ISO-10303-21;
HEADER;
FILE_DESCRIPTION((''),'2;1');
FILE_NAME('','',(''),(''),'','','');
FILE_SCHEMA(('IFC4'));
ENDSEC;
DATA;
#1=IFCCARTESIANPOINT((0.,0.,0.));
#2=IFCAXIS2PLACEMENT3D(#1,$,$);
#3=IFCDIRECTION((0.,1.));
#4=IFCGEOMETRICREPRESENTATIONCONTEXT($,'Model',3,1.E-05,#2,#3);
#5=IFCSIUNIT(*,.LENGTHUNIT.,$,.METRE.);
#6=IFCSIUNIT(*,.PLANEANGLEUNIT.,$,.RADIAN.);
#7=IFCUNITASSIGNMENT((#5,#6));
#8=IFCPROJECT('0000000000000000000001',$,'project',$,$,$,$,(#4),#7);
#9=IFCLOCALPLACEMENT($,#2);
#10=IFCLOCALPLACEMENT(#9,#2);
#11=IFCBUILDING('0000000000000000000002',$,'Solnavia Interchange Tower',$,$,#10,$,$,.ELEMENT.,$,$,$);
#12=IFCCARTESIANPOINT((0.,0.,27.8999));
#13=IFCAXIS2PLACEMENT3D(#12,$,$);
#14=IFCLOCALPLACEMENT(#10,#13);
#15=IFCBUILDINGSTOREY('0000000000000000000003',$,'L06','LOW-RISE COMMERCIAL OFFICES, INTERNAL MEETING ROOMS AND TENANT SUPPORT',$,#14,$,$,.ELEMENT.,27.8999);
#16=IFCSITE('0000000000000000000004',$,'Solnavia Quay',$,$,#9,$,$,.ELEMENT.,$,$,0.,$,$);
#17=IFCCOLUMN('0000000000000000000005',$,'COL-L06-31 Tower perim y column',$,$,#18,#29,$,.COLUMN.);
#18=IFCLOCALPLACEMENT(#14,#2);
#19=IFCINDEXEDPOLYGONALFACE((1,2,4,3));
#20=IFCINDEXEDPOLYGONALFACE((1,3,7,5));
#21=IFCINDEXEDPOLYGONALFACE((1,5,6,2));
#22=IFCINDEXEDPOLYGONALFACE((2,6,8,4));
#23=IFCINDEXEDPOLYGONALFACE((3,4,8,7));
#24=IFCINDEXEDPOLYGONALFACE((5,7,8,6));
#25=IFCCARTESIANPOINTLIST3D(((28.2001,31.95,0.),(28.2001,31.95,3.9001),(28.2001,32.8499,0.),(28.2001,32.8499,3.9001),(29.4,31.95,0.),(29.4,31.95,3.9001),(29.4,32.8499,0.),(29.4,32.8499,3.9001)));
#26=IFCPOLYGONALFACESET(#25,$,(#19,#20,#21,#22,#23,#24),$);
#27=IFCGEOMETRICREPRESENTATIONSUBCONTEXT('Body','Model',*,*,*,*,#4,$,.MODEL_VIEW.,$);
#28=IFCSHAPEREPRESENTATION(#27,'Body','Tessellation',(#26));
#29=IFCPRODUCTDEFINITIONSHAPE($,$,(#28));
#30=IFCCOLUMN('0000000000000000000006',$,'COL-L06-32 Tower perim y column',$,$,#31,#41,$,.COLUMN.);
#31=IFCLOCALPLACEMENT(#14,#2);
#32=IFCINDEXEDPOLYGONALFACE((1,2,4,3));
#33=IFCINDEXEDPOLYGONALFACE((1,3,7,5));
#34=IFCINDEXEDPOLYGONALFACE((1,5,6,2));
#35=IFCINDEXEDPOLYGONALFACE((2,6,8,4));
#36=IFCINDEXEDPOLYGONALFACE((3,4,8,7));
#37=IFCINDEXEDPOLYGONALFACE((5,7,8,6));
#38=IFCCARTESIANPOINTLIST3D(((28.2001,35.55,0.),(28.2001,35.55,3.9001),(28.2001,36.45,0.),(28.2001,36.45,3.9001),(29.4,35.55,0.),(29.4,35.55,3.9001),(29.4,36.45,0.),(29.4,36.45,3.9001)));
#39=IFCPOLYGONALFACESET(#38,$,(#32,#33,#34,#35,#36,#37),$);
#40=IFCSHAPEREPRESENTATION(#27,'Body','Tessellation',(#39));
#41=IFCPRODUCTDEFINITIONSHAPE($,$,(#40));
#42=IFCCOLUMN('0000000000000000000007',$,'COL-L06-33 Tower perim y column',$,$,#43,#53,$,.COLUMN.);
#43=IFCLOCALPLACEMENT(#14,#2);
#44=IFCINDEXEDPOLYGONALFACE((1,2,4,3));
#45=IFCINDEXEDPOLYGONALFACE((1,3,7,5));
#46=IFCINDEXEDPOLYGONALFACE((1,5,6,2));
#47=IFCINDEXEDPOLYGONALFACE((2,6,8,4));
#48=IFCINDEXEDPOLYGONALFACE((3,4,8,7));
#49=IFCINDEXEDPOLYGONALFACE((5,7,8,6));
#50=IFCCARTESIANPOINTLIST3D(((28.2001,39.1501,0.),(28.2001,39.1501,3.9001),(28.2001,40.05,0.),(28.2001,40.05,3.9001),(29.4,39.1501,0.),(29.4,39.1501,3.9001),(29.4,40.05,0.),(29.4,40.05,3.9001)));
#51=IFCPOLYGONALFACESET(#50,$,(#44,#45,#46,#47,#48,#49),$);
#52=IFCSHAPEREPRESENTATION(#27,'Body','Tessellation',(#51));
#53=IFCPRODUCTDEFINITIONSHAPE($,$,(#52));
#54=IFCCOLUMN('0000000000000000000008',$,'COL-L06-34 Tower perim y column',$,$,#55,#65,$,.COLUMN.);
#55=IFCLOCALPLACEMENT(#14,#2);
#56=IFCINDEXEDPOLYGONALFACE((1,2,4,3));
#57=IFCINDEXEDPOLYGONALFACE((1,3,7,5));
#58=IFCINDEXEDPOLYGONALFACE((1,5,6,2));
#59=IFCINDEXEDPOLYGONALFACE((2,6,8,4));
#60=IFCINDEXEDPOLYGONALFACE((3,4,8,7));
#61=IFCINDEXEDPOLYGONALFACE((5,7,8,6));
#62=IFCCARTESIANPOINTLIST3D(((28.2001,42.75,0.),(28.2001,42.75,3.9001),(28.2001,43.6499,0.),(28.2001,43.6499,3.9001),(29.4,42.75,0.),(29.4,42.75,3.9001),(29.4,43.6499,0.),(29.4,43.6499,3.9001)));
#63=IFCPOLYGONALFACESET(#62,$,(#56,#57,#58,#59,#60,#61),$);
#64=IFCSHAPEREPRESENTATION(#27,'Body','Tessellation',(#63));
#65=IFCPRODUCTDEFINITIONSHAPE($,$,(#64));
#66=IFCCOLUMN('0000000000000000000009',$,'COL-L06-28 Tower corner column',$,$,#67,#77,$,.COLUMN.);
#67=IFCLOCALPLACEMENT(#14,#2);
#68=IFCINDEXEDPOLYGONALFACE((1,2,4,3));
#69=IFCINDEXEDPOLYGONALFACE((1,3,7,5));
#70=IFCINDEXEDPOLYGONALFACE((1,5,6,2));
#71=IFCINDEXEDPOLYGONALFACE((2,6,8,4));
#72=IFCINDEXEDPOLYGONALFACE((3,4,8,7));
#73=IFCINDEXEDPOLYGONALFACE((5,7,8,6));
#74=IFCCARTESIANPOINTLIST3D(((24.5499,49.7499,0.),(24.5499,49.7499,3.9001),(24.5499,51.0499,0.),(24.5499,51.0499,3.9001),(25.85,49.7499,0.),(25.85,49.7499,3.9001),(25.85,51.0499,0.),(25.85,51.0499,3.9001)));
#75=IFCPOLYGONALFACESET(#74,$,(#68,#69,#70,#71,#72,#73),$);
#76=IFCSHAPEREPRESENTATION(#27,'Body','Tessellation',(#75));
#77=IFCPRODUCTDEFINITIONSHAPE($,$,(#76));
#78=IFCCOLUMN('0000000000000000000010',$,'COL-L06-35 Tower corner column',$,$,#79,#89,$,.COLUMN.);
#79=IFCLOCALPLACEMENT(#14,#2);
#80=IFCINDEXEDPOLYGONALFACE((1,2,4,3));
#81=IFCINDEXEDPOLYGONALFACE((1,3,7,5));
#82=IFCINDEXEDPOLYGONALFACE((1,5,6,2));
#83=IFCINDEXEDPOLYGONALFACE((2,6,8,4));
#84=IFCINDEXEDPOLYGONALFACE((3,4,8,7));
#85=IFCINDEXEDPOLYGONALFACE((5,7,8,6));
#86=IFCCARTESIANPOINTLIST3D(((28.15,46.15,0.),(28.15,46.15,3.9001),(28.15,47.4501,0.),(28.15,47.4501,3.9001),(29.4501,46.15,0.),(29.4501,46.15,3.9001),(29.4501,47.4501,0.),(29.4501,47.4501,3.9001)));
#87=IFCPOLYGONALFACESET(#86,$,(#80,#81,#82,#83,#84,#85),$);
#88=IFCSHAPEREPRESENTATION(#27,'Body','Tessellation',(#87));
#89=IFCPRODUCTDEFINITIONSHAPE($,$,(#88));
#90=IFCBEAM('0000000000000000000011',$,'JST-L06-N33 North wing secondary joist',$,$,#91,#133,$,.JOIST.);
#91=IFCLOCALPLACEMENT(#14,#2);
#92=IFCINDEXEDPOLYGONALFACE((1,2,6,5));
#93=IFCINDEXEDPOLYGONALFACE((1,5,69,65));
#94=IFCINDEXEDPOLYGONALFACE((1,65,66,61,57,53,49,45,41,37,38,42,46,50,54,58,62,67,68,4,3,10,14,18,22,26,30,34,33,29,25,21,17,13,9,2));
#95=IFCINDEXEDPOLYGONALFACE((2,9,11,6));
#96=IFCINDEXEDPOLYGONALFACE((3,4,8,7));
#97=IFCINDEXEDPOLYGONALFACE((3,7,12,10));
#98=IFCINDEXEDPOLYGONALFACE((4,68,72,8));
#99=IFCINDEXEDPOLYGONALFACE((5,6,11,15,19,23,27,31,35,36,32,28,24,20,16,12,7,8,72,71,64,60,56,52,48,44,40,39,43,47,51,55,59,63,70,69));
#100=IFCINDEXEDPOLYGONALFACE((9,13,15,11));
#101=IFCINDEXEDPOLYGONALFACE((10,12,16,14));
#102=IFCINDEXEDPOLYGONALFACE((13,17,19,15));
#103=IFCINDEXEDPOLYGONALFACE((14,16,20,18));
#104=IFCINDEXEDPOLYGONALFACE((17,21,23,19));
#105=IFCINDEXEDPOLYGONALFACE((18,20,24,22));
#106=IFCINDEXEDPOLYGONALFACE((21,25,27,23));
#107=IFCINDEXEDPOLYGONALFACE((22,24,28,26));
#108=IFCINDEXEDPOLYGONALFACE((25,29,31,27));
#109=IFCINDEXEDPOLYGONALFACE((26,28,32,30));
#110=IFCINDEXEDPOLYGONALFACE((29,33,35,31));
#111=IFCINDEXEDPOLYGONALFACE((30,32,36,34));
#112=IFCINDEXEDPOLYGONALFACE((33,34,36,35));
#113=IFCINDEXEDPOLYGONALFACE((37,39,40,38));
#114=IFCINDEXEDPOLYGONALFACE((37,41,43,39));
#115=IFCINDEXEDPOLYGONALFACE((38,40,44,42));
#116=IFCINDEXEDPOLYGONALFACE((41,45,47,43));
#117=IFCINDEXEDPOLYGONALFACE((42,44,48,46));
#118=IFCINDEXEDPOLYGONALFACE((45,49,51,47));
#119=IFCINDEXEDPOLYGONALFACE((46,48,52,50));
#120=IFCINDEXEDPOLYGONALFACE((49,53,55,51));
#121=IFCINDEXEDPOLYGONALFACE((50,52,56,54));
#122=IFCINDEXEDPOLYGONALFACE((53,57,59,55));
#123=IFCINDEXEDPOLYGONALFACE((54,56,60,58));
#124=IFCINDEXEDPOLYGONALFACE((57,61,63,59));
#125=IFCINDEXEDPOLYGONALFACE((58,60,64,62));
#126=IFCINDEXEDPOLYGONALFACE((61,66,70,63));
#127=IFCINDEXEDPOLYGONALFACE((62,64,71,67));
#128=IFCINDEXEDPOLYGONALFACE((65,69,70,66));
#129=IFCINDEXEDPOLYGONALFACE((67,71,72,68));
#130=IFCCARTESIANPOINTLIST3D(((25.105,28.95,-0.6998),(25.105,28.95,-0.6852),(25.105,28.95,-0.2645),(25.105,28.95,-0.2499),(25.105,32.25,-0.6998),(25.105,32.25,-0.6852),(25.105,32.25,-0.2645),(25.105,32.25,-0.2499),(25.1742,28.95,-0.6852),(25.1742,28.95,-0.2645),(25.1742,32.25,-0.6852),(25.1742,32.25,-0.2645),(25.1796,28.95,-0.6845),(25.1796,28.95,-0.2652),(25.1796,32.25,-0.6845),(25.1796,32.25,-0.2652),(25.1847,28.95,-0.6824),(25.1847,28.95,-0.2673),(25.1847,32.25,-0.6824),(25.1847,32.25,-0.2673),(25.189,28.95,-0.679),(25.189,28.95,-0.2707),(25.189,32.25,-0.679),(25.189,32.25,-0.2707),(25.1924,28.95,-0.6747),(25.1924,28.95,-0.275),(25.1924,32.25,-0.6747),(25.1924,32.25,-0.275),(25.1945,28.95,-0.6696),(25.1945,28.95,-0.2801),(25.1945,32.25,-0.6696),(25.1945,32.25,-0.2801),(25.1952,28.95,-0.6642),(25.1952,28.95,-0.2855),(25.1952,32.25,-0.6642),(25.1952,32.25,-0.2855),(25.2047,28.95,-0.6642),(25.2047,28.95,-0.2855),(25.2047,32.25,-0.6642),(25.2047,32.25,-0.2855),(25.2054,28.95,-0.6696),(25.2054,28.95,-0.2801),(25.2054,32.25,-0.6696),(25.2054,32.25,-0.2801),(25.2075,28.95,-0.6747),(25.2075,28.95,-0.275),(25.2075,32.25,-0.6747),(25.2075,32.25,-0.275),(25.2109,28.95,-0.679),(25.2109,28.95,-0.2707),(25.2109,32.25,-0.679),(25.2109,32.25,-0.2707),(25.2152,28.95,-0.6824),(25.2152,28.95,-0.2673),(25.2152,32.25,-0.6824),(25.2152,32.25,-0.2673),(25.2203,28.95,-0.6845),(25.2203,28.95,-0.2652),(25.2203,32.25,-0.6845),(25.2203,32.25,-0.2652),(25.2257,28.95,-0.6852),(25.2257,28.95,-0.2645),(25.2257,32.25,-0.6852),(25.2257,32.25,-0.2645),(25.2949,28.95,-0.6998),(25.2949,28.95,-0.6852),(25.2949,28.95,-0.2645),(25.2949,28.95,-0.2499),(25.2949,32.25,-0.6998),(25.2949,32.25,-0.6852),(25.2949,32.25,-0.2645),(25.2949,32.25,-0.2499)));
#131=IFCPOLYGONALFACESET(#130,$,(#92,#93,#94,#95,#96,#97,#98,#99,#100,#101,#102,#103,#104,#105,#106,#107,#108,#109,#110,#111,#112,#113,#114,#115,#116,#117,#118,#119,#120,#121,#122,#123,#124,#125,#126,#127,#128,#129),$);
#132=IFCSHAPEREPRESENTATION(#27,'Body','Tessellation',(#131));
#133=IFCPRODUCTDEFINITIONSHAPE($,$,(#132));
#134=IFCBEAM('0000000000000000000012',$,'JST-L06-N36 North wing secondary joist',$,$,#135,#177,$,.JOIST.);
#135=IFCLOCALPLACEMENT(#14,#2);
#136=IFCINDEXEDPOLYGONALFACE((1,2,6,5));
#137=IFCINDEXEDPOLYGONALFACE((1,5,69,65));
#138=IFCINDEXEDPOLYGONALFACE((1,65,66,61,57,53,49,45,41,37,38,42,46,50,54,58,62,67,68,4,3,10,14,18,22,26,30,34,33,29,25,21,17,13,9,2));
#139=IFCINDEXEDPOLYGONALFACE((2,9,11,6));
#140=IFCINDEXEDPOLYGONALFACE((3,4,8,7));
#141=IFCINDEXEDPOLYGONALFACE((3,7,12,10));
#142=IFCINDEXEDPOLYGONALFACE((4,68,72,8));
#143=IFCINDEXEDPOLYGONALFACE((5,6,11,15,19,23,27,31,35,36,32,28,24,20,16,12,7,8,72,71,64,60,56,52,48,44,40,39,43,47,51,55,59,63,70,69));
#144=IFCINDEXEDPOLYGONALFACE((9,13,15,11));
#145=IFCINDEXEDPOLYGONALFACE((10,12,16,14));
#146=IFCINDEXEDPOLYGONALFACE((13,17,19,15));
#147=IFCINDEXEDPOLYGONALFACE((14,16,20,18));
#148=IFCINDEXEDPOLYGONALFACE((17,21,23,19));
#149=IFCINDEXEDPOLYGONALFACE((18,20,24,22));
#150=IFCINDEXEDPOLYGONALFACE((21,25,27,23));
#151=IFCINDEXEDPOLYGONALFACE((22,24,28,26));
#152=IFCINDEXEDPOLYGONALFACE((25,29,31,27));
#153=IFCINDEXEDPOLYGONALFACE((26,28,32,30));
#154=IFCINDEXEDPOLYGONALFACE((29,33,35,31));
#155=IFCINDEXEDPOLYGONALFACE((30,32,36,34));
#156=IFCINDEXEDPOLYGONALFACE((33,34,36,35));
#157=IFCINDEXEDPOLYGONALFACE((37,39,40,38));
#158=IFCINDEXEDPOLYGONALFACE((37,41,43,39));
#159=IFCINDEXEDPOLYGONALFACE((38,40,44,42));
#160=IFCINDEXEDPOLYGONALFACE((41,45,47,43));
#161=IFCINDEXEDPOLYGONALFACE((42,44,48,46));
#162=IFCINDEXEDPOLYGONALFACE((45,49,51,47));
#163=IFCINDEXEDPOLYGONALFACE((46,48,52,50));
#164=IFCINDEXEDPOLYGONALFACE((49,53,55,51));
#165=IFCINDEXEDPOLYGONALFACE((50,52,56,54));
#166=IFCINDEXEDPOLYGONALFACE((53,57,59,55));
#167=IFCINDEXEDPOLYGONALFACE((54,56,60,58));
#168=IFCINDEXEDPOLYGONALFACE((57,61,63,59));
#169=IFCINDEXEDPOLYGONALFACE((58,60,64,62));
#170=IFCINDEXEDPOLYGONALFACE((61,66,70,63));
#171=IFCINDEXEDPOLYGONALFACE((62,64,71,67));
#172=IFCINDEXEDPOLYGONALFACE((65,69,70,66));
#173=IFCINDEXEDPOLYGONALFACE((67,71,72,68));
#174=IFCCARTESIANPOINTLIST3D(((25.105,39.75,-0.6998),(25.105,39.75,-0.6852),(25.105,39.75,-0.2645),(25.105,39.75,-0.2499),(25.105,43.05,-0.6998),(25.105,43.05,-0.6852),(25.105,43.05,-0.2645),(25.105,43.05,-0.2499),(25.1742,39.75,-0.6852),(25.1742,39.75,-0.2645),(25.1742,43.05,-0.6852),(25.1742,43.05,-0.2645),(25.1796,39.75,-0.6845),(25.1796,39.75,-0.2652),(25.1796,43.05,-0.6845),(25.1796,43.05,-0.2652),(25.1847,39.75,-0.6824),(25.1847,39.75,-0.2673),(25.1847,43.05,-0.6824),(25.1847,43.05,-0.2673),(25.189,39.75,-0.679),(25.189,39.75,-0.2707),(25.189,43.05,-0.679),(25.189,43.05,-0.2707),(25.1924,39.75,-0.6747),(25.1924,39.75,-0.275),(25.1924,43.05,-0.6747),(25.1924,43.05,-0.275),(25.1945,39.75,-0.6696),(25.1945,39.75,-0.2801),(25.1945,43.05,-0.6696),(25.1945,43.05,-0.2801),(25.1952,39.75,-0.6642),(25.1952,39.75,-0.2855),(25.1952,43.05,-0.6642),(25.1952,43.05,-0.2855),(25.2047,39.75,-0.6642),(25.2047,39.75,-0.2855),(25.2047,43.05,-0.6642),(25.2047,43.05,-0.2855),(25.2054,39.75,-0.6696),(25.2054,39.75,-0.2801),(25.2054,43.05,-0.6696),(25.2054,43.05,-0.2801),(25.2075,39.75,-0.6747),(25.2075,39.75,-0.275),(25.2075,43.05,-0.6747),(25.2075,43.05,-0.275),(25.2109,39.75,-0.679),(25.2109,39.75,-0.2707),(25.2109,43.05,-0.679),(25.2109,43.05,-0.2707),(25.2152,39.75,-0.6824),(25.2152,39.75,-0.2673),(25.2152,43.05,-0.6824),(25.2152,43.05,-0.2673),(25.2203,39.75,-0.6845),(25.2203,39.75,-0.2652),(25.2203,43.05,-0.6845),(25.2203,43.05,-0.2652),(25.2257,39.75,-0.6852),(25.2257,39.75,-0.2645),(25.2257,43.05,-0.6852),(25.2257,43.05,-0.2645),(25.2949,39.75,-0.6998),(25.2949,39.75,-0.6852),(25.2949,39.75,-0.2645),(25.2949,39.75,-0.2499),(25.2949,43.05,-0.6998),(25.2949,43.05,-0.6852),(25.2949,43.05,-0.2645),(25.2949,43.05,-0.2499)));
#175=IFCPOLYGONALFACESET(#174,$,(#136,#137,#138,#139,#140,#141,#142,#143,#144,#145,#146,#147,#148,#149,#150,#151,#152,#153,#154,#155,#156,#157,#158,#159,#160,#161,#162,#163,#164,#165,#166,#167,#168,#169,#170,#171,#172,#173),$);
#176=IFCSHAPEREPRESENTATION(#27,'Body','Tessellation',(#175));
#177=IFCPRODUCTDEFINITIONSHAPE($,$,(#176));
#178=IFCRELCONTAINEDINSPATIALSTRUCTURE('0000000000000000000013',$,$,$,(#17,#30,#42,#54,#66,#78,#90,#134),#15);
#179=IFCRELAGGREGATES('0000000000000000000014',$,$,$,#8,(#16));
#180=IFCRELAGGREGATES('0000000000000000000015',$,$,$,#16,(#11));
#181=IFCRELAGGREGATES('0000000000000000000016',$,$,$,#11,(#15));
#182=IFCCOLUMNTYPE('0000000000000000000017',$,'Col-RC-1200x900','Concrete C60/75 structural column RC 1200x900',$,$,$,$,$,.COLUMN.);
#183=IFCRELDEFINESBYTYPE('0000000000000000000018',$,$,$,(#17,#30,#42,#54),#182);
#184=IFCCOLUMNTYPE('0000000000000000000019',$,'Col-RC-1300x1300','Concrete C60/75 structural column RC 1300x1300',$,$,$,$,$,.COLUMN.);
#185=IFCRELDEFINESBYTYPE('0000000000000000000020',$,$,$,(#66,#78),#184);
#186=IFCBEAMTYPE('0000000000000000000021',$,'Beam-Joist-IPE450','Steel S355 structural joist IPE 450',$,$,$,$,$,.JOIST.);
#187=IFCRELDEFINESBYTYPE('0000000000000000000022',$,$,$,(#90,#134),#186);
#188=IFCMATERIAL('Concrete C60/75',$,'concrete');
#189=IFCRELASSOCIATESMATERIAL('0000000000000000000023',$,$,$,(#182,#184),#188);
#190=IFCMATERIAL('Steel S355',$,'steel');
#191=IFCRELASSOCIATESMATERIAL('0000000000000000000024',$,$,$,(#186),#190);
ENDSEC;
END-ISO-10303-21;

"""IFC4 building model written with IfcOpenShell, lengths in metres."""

from ifc_helpers import new_model, si_unit, direction, frame, origin, origin_2d, place, context, subcontext, project, spatial, rectangle, i_section, extrude, material, material_profile, profile_set, type_object, element, save


model = new_model("IFC4")

# Units and contexts
model_context = context("Model", 3, precision=1e-05, world=origin(), true_north=direction((0.0, 1.0)))
body_context = subcontext(model_context, "Body", "Model", "MODEL_VIEW")
ifc_project = project(units=[si_unit("LENGTHUNIT", "METRE"), si_unit("PLANEANGLEUNIT", "RADIAN")], contexts=[model_context])

# Site, building, storey
site_placement = place(None, origin())
site = spatial("IfcSite", under=ifc_project, at=site_placement, Name="Solnavia Quay", CompositionType="ELEMENT", RefElevation=0.0)
building_placement = place(site_placement, origin())
building = spatial("IfcBuilding", under=site, at=building_placement, Name="Solnavia Interchange Tower", CompositionType="ELEMENT")
storey_placement = place(building_placement, frame((0.0, 0.0, 27.8999)))
storey = spatial("IfcBuildingStorey", under=building, at=storey_placement, Name="L06", Description="LOW-RISE COMMERCIAL OFFICES, INTERNAL MEETING ROOMS AND TENANT SUPPORT", CompositionType="ELEMENT", Elevation=27.8999)

# Columns
ifc_material_1 = material(Name="Concrete C60/75", Category="concrete")
ifc_material_profile_1 = material_profile(ifc_material_1, rectangle(XDim=0.8999, YDim=1.2, at=origin_2d()), Name="RC 1200x900")
ifc_profile_set_1 = profile_set([ifc_material_profile_1], Name="Concrete C60/75")
column_type_1 = type_object("IfcColumnType", Name="Col-RC-1200x900", Description="Concrete C60/75 structural column RC 1200x900", PredefinedType="COLUMN", material=ifc_profile_set_1)
for number, where, z_axis, x_axis, name in (
    (1, (28.8, 32.3999, 0.0), (0.0, 0.0, 1.0), (0.0, 1.0, 0.0), "COL-L06-31 Tower perim y column"),
    (2, (28.8, 36.0, 0.0), (0.0, 0.0, 1.0), (0.0, 1.0, 0.0), "COL-L06-32 Tower perim y column"),
    (3, (28.8, 39.6001, 0.0), (0.0, 0.0, 1.0), (0.0, 1.0, 0.0), "COL-L06-33 Tower perim y column"),
    (4, (28.8, 43.2, 0.0), (0.0, 0.0, 1.0), (0.0, 1.0, 0.0), "COL-L06-34 Tower perim y column"),
):
    element("IfcColumn", number, at=place(storey_placement, frame(where, z_axis=z_axis, x_axis=x_axis)), inside=storey, type_object=column_type_1, Name=name, PredefinedType="COLUMN", context=body_context, shape_type="SweptSolid", body=[
        extrude(rectangle(XDim=0.8999, YDim=1.2, at=origin_2d()), origin(), (0.0, 0.0, 1.0), 3.9001),
    ])
ifc_material_profile_2 = material_profile(ifc_material_1, rectangle(XDim=1.3, YDim=1.3, at=origin_2d()), Name="RC 1300x1300")
ifc_profile_set_2 = profile_set([ifc_material_profile_2], Name="Concrete C60/75")
column_type_2 = type_object("IfcColumnType", Name="Col-RC-1300x1300", Description="Concrete C60/75 structural column RC 1300x1300", PredefinedType="COLUMN", material=ifc_profile_set_2)
for number, where, z_axis, x_axis, name in (
    (5, (25.2, 50.3999, 0.0), (0.0, 0.0, 1.0), (1.0, 0.0, 0.0), "COL-L06-28 Tower corner column"),
    (6, (28.8, 46.8, 0.0), (0.0, 0.0, 1.0), (0.0, 1.0, 0.0), "COL-L06-35 Tower corner column"),
):
    element("IfcColumn", number, at=place(storey_placement, frame(where, z_axis=z_axis, x_axis=x_axis)), inside=storey, type_object=column_type_2, Name=name, PredefinedType="COLUMN", context=body_context, shape_type="SweptSolid", body=[
        extrude(rectangle(XDim=1.3, YDim=1.3, at=origin_2d()), origin(), (0.0, 0.0, 1.0), 3.9001),
    ])

# Beams
ifc_material_2 = material(Name="Steel S355", Category="steel")
ifc_material_profile_3 = material_profile(ifc_material_2, i_section(OverallWidth=0.1899, OverallDepth=0.45, WebThickness=0.0095, FlangeThickness=0.0146, FilletRadius=0.021, at=origin_2d()), Name="IPE 450")
ifc_profile_set_3 = profile_set([ifc_material_profile_3], Name="Steel S355")
beam_type_1 = type_object("IfcBeamType", Name="Beam-Joist-IPE450", Description="Steel S355 structural joist IPE 450", PredefinedType="JOIST", material=ifc_profile_set_3)
for number, where, z_axis, x_axis, name in (
    (7, (25.2, 28.95, -0.4749), (0.0, 1.0, 0.0), (-1.0, 0.0, 0.0), "JST-L06-N33 North wing secondary joist"),
    (8, (25.2, 39.75, -0.4749), (0.0, 1.0, 0.0), (-1.0, 0.0, 0.0), "JST-L06-N36 North wing secondary joist"),
):
    element("IfcBeam", number, at=place(storey_placement, frame(where, z_axis=z_axis, x_axis=x_axis)), inside=storey, type_object=beam_type_1, Name=name, PredefinedType="JOIST", context=body_context, shape_type="SweptSolid", body=[
        extrude(i_section(OverallWidth=0.1899, OverallDepth=0.45, WebThickness=0.0095, FlangeThickness=0.0146, FilletRadius=0.021, at=origin_2d()), origin(), (0.0, 0.0, 1.0), 3.3),
    ])

save(model, "model.ifc")
